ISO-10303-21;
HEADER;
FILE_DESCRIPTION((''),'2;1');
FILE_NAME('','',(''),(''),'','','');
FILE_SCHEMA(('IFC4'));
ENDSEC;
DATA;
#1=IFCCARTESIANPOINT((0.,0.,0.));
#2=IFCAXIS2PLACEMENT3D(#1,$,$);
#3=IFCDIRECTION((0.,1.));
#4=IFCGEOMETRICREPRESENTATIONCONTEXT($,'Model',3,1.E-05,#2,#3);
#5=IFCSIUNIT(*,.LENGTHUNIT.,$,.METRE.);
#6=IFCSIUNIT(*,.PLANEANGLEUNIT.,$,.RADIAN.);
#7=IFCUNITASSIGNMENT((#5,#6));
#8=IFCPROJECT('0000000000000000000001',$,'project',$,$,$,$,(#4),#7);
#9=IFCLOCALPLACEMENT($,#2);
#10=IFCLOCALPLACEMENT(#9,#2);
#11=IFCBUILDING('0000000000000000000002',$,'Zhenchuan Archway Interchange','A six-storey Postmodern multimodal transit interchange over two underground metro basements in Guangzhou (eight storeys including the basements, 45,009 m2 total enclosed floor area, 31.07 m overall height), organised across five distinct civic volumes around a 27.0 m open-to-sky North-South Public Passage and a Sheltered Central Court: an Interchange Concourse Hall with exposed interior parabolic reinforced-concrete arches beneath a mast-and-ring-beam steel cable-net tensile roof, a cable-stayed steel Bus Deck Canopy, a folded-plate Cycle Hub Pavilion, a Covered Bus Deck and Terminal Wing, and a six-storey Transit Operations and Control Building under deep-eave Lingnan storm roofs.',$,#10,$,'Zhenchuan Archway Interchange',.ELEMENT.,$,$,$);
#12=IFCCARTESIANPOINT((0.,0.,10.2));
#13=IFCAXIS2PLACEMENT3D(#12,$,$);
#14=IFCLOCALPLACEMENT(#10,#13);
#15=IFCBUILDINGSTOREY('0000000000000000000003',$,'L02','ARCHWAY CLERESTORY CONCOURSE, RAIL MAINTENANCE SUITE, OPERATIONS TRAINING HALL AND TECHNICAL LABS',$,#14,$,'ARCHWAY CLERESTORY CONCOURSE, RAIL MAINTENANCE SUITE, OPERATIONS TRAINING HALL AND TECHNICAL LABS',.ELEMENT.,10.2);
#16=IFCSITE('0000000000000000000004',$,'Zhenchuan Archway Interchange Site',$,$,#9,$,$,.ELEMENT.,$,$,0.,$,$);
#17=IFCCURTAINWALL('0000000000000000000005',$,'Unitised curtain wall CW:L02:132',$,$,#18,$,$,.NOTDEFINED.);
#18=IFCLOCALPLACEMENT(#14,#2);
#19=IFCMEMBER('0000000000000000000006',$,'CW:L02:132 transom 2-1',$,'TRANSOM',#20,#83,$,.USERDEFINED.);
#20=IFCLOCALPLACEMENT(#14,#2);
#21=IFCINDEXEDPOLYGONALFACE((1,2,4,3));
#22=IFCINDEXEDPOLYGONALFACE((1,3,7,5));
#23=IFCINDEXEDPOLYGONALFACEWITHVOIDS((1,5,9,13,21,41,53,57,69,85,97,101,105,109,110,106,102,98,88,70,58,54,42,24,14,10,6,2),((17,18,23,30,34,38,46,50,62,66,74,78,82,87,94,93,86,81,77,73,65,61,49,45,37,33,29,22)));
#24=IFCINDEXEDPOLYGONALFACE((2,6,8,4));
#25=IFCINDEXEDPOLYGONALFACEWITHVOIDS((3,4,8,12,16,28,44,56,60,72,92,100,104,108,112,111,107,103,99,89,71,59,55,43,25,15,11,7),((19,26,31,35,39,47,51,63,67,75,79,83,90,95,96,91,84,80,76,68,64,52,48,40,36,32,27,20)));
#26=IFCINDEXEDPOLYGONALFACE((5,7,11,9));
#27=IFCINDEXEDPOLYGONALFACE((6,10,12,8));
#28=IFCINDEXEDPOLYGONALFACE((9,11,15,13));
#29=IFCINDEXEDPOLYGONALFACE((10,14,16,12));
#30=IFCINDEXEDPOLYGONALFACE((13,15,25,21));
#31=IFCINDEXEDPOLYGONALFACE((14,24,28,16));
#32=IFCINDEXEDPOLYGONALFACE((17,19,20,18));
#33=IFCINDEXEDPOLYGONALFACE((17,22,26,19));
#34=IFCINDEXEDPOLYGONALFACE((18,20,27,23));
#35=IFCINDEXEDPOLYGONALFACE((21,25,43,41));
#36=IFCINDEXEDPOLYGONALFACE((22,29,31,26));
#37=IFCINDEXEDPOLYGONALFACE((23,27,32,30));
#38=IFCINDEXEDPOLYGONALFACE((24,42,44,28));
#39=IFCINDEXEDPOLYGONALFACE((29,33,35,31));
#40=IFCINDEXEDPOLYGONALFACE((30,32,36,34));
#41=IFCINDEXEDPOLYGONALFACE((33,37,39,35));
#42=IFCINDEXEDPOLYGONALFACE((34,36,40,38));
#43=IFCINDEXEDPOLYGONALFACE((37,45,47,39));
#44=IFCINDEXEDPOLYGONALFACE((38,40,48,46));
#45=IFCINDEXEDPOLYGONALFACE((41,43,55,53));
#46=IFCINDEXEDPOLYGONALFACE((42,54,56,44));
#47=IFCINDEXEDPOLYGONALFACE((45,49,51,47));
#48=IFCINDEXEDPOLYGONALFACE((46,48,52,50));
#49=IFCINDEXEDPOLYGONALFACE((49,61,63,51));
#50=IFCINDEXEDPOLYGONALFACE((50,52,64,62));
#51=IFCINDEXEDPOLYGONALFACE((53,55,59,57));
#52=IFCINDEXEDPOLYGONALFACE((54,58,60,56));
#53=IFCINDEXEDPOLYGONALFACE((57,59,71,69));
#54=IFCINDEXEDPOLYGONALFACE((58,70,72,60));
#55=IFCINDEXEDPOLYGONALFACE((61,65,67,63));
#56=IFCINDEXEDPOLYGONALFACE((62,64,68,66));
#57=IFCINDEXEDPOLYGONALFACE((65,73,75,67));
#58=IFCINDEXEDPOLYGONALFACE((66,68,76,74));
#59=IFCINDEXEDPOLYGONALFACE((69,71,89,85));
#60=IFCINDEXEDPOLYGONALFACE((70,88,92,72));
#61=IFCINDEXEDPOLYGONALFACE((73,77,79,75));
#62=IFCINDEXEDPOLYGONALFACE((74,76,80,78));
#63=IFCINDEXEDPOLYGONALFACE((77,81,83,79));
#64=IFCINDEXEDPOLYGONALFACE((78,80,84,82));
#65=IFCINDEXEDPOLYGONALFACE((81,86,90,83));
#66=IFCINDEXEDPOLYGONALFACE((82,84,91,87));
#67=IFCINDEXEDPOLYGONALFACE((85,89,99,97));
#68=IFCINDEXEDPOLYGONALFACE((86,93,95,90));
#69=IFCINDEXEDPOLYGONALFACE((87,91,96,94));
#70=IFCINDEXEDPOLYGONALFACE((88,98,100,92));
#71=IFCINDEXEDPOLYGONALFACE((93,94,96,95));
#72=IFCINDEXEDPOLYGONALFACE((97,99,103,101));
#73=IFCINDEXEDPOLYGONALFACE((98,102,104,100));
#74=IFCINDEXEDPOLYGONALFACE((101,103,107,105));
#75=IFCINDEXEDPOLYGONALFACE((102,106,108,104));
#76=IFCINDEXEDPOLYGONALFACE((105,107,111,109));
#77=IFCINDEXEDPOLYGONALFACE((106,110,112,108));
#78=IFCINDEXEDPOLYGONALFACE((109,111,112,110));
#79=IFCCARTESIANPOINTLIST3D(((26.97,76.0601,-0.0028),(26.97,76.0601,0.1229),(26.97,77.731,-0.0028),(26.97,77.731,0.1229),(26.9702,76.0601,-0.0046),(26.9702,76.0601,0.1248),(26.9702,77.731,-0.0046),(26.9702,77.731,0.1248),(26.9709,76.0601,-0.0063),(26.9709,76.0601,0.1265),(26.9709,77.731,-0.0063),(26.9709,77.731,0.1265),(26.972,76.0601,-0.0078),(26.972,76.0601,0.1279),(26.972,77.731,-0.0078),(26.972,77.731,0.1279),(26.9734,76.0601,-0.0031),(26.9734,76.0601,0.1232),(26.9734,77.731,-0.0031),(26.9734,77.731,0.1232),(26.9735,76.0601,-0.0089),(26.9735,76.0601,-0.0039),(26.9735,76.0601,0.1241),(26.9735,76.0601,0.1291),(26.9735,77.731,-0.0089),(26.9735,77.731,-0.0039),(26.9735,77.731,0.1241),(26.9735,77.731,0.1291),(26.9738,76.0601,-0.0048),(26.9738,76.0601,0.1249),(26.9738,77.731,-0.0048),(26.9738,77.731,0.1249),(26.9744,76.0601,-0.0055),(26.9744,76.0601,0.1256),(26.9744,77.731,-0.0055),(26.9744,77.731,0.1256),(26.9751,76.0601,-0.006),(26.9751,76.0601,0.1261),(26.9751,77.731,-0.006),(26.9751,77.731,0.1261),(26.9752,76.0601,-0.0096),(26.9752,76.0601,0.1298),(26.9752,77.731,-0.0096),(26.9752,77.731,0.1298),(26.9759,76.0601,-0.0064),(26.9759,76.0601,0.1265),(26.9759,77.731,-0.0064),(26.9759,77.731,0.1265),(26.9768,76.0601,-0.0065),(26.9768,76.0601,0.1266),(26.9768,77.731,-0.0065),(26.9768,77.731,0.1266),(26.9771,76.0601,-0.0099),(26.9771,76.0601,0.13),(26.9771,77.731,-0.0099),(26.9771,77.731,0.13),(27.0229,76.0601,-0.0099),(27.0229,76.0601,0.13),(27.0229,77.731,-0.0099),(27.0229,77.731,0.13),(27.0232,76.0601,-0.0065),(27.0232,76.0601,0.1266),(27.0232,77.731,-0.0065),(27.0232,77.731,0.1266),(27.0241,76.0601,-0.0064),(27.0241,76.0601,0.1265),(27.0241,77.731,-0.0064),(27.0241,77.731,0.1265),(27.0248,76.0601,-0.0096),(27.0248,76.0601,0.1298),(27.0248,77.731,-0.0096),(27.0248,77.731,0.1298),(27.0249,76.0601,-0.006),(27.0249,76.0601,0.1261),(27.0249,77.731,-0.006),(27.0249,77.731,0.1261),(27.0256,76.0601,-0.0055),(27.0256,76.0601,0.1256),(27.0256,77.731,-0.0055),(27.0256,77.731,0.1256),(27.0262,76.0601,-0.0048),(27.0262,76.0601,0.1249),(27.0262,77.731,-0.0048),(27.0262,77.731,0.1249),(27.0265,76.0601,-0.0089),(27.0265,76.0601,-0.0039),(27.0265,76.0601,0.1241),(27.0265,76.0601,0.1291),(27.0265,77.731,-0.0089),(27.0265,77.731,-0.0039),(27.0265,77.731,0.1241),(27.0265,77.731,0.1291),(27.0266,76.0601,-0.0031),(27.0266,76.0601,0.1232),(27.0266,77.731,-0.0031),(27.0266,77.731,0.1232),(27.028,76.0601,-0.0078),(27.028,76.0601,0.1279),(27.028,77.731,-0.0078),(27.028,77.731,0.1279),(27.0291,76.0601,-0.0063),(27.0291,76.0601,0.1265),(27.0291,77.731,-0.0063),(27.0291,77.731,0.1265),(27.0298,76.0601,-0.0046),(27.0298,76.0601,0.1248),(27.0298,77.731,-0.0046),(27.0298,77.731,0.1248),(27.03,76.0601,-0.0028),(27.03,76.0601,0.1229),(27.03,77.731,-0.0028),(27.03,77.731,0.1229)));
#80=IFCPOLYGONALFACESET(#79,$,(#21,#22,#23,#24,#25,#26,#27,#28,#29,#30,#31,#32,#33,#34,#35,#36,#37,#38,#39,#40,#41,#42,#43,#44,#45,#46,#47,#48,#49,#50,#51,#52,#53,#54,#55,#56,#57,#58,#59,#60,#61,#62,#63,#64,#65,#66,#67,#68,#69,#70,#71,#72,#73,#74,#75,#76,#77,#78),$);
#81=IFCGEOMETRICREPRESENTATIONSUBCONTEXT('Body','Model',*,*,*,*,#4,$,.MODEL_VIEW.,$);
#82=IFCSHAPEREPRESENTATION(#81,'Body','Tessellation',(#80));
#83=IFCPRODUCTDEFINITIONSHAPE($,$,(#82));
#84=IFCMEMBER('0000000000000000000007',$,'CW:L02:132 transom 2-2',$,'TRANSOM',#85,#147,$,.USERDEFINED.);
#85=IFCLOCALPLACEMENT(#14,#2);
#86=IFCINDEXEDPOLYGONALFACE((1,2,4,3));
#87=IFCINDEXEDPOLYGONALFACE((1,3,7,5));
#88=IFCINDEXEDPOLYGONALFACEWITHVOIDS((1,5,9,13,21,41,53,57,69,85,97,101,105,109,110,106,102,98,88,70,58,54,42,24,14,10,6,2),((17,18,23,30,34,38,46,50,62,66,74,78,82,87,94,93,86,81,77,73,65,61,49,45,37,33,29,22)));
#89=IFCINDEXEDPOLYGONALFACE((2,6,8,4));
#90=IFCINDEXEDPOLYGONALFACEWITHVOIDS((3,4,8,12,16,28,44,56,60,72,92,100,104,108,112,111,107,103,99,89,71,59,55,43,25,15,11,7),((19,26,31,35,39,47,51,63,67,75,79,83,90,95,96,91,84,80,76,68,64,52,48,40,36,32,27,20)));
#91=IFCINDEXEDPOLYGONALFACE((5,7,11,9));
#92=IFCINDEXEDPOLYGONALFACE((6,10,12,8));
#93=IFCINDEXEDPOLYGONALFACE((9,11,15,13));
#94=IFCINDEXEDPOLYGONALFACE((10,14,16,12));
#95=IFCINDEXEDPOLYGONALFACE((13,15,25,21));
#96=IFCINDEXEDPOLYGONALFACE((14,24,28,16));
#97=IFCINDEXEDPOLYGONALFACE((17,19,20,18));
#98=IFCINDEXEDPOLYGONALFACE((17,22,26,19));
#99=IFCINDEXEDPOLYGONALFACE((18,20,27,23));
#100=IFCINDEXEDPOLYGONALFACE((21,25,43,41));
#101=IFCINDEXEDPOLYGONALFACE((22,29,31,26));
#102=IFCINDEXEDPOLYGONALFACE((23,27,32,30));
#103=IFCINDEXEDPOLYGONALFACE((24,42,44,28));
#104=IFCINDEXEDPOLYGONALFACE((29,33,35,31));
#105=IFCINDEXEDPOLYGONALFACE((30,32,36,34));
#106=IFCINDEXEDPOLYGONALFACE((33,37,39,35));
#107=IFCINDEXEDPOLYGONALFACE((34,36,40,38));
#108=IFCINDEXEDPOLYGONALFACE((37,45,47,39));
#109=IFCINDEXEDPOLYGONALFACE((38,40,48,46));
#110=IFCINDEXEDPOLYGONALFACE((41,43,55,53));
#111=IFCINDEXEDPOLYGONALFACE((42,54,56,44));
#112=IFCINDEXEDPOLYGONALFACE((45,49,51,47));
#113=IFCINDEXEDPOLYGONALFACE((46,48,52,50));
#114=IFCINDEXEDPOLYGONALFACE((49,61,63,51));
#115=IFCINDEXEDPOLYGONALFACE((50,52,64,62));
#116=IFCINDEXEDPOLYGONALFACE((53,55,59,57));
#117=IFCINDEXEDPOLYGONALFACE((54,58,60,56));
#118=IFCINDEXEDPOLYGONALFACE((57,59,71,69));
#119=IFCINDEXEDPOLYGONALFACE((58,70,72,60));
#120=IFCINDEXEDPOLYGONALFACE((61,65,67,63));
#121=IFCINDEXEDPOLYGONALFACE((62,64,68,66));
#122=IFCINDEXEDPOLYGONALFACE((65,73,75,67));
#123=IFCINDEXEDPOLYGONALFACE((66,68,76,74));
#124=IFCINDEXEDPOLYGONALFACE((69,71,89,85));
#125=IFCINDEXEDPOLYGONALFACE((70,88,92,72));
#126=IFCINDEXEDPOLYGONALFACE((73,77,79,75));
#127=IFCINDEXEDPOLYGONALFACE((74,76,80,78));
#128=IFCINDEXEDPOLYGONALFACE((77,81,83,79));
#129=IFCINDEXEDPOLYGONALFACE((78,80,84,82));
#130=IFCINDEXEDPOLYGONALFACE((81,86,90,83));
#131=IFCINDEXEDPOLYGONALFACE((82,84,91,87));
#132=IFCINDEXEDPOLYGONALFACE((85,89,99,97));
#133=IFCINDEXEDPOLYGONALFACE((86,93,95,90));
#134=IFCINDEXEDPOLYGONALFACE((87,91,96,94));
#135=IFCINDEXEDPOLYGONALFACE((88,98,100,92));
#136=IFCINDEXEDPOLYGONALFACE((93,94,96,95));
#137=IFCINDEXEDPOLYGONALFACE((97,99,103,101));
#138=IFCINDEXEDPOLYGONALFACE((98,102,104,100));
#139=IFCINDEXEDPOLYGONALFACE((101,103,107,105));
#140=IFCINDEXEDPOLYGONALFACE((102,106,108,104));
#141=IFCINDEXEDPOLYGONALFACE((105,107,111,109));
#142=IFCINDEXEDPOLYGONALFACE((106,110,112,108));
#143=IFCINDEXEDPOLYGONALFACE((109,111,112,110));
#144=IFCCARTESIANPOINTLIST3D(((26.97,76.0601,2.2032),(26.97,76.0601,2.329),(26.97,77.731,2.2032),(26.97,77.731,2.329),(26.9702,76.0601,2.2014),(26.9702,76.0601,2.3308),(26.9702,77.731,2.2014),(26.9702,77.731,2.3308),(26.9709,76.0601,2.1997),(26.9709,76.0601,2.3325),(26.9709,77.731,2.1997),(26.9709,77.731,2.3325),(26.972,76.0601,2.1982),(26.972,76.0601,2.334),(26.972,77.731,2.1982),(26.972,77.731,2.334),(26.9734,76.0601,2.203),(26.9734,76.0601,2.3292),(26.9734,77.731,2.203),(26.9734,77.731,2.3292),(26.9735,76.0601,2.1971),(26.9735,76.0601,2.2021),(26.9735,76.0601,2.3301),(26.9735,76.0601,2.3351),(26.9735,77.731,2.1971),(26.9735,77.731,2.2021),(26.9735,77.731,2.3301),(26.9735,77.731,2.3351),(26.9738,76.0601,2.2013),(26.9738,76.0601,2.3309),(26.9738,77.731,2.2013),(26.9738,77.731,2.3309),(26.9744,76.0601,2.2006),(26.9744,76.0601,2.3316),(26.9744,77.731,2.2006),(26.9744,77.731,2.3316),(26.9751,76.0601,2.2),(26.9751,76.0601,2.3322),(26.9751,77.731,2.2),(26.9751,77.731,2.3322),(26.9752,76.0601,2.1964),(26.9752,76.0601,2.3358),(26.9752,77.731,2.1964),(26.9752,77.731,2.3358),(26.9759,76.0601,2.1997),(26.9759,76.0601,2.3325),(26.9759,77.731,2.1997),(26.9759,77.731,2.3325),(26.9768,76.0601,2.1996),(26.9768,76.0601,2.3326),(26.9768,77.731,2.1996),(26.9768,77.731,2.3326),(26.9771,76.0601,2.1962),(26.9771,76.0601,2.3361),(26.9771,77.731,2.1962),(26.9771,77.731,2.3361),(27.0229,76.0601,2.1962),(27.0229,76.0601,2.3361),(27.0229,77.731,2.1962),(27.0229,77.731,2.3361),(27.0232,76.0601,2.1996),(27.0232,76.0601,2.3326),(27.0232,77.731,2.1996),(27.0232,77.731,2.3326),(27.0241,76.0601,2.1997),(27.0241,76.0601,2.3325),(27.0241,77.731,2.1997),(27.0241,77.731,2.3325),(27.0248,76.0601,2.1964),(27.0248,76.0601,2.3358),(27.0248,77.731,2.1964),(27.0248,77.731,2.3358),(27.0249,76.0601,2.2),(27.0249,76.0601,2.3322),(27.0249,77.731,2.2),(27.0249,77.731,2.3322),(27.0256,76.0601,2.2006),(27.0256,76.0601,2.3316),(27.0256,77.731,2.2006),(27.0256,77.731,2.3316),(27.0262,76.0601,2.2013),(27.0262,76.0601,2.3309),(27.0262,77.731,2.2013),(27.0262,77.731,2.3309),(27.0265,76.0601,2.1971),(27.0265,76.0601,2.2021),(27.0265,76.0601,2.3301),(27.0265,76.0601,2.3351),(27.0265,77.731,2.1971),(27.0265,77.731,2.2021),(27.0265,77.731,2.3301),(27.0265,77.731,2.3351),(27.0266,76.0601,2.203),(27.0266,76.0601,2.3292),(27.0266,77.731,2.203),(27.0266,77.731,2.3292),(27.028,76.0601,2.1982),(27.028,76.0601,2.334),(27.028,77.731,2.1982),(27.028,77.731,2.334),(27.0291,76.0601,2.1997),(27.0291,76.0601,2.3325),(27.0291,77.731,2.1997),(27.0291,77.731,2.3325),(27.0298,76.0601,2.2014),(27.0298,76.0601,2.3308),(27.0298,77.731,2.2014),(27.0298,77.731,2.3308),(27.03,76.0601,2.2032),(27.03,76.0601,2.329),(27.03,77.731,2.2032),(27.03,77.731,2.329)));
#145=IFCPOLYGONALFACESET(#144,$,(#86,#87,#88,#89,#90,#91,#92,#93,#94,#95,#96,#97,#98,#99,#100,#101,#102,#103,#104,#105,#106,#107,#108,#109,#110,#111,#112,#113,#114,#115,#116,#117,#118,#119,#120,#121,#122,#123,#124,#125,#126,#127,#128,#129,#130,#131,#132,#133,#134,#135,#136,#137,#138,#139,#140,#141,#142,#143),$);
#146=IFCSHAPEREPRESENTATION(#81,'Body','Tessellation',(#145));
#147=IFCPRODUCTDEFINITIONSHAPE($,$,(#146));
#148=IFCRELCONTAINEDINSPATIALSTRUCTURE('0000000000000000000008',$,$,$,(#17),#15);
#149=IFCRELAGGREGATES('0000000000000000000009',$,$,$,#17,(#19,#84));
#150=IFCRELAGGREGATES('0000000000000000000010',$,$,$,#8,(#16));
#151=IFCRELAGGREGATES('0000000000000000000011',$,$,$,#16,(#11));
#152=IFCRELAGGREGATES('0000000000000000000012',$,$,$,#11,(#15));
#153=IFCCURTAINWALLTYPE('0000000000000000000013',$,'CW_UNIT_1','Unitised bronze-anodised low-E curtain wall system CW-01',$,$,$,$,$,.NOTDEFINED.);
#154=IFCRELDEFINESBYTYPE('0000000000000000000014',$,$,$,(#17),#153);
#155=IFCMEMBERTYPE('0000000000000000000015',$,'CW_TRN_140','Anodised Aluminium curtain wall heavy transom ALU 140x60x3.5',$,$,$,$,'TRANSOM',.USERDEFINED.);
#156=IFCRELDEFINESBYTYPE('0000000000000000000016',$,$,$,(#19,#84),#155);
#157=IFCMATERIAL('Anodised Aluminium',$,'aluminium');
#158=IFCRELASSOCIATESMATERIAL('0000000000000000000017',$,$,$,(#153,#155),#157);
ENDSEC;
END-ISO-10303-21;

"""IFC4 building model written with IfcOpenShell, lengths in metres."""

from ifc_helpers import new_model, si_unit, direction, frame, origin, origin_2d, place, context, subcontext, project, spatial, hollow_rectangle, extrude, material, material_profile, profile_set, type_object, element, aggregate, save


model = new_model("IFC4")

# Units and contexts
model_context = context("Model", 3, precision=1e-05, world=origin(), true_north=direction((0.0, 1.0)))
body_context = subcontext(model_context, "Body", "Model", "MODEL_VIEW")
ifc_project = project(units=[si_unit("LENGTHUNIT", "METRE"), si_unit("PLANEANGLEUNIT", "RADIAN")], contexts=[model_context])

# Site, building, storey
site_placement = place(None, origin())
site = spatial("IfcSite", under=ifc_project, at=site_placement, Name="Zhenchuan Archway Interchange Site", CompositionType="ELEMENT", RefElevation=0.0)
building_placement = place(site_placement, origin())
building = spatial("IfcBuilding", under=site, at=building_placement, Name="Zhenchuan Archway Interchange", Description="A six-storey Postmodern multimodal transit interchange over two underground metro basements in Guangzhou (eight storeys including the basements, 45,009 m2 total enclosed floor area, 31.07 m overall height), organised across five distinct civic volumes around a 27.0 m open-to-sky North-South Public Passage and a Sheltered Central Court: an Interchange Concourse Hall with exposed interior parabolic reinforced-concrete arches beneath a mast-and-ring-beam steel cable-net tensile roof, a cable-stayed steel Bus Deck Canopy, a folded-plate Cycle Hub Pavilion, a Covered Bus Deck and Terminal Wing, and a six-storey Transit Operations and Control Building under deep-eave Lingnan storm roofs.", LongName="Zhenchuan Archway Interchange", CompositionType="ELEMENT")
storey_placement = place(building_placement, frame((0.0, 0.0, 10.2)))
storey = spatial("IfcBuildingStorey", under=building, at=storey_placement, Name="L02", Description="ARCHWAY CLERESTORY CONCOURSE, RAIL MAINTENANCE SUITE, OPERATIONS TRAINING HALL AND TECHNICAL LABS", LongName="ARCHWAY CLERESTORY CONCOURSE, RAIL MAINTENANCE SUITE, OPERATIONS TRAINING HALL AND TECHNICAL LABS", CompositionType="ELEMENT", Elevation=10.2)

# Curtain wall, members
ifc_material_1 = material(Name="Anodised Aluminium", Category="aluminium")
curtain_wall_type = type_object("IfcCurtainWallType", Name="CW_UNIT_1", Description="Unitised bronze-anodised low-E curtain wall system CW-01", PredefinedType="NOTDEFINED", material=ifc_material_1)
curtain_wall_placement = place(storey_placement, origin())
curtain_wall = element("IfcCurtainWall", 1, at=curtain_wall_placement, inside=storey, type_object=curtain_wall_type, Name="Unitised curtain wall CW:L02:132", PredefinedType="NOTDEFINED")
ifc_material_profile_1 = material_profile(ifc_material_1, hollow_rectangle(XDim=0.0601, YDim=0.1399, WallThickness=0.0034, InnerFilletRadius=0.0034, OuterFilletRadius=0.0071, at=origin_2d()), Name="ALU 140x60x3.5")
ifc_profile_set_1 = profile_set([ifc_material_profile_1], Name="Anodised Aluminium")
member_type_1 = type_object("IfcMemberType", Name="CW_TRN_140", Description="Anodised Aluminium curtain wall heavy transom ALU 140x60x3.5", ElementType="TRANSOM", PredefinedType="USERDEFINED", material=ifc_profile_set_1)
member_1_placement = place(storey_placement, frame((27.0, 76.0601, 0.0601), z_axis=(0.0, 1.0, 0.0), x_axis=(-1.0, 0.0, 0.0)))
member_1 = element("IfcMember", 2, at=member_1_placement, type_object=member_type_1, Name="CW:L02:132 transom 2-1", ObjectType="TRANSOM", PredefinedType="USERDEFINED", context=body_context, shape_type="SweptSolid", body=[
    extrude(hollow_rectangle(XDim=0.0601, YDim=0.1399, WallThickness=0.0034, InnerFilletRadius=0.0034, OuterFilletRadius=0.0071, at=origin_2d()), origin(), (0.0, 0.0, 1.0), 1.6709),
])
member_2_placement = place(storey_placement, frame((27.0, 76.0601, 2.2661), z_axis=(0.0, 1.0, 0.0), x_axis=(-1.0, 0.0, 0.0)))
member_2 = element("IfcMember", 3, at=member_2_placement, type_object=member_type_1, Name="CW:L02:132 transom 2-2", ObjectType="TRANSOM", PredefinedType="USERDEFINED", context=body_context, shape_type="SweptSolid", body=[
    extrude(hollow_rectangle(XDim=0.0601, YDim=0.1399, WallThickness=0.0034, InnerFilletRadius=0.0034, OuterFilletRadius=0.0071, at=origin_2d()), origin(), (0.0, 0.0, 1.0), 1.6709),
])

aggregate(curtain_wall, [member_1, member_2])

save(model, "model.ifc")
